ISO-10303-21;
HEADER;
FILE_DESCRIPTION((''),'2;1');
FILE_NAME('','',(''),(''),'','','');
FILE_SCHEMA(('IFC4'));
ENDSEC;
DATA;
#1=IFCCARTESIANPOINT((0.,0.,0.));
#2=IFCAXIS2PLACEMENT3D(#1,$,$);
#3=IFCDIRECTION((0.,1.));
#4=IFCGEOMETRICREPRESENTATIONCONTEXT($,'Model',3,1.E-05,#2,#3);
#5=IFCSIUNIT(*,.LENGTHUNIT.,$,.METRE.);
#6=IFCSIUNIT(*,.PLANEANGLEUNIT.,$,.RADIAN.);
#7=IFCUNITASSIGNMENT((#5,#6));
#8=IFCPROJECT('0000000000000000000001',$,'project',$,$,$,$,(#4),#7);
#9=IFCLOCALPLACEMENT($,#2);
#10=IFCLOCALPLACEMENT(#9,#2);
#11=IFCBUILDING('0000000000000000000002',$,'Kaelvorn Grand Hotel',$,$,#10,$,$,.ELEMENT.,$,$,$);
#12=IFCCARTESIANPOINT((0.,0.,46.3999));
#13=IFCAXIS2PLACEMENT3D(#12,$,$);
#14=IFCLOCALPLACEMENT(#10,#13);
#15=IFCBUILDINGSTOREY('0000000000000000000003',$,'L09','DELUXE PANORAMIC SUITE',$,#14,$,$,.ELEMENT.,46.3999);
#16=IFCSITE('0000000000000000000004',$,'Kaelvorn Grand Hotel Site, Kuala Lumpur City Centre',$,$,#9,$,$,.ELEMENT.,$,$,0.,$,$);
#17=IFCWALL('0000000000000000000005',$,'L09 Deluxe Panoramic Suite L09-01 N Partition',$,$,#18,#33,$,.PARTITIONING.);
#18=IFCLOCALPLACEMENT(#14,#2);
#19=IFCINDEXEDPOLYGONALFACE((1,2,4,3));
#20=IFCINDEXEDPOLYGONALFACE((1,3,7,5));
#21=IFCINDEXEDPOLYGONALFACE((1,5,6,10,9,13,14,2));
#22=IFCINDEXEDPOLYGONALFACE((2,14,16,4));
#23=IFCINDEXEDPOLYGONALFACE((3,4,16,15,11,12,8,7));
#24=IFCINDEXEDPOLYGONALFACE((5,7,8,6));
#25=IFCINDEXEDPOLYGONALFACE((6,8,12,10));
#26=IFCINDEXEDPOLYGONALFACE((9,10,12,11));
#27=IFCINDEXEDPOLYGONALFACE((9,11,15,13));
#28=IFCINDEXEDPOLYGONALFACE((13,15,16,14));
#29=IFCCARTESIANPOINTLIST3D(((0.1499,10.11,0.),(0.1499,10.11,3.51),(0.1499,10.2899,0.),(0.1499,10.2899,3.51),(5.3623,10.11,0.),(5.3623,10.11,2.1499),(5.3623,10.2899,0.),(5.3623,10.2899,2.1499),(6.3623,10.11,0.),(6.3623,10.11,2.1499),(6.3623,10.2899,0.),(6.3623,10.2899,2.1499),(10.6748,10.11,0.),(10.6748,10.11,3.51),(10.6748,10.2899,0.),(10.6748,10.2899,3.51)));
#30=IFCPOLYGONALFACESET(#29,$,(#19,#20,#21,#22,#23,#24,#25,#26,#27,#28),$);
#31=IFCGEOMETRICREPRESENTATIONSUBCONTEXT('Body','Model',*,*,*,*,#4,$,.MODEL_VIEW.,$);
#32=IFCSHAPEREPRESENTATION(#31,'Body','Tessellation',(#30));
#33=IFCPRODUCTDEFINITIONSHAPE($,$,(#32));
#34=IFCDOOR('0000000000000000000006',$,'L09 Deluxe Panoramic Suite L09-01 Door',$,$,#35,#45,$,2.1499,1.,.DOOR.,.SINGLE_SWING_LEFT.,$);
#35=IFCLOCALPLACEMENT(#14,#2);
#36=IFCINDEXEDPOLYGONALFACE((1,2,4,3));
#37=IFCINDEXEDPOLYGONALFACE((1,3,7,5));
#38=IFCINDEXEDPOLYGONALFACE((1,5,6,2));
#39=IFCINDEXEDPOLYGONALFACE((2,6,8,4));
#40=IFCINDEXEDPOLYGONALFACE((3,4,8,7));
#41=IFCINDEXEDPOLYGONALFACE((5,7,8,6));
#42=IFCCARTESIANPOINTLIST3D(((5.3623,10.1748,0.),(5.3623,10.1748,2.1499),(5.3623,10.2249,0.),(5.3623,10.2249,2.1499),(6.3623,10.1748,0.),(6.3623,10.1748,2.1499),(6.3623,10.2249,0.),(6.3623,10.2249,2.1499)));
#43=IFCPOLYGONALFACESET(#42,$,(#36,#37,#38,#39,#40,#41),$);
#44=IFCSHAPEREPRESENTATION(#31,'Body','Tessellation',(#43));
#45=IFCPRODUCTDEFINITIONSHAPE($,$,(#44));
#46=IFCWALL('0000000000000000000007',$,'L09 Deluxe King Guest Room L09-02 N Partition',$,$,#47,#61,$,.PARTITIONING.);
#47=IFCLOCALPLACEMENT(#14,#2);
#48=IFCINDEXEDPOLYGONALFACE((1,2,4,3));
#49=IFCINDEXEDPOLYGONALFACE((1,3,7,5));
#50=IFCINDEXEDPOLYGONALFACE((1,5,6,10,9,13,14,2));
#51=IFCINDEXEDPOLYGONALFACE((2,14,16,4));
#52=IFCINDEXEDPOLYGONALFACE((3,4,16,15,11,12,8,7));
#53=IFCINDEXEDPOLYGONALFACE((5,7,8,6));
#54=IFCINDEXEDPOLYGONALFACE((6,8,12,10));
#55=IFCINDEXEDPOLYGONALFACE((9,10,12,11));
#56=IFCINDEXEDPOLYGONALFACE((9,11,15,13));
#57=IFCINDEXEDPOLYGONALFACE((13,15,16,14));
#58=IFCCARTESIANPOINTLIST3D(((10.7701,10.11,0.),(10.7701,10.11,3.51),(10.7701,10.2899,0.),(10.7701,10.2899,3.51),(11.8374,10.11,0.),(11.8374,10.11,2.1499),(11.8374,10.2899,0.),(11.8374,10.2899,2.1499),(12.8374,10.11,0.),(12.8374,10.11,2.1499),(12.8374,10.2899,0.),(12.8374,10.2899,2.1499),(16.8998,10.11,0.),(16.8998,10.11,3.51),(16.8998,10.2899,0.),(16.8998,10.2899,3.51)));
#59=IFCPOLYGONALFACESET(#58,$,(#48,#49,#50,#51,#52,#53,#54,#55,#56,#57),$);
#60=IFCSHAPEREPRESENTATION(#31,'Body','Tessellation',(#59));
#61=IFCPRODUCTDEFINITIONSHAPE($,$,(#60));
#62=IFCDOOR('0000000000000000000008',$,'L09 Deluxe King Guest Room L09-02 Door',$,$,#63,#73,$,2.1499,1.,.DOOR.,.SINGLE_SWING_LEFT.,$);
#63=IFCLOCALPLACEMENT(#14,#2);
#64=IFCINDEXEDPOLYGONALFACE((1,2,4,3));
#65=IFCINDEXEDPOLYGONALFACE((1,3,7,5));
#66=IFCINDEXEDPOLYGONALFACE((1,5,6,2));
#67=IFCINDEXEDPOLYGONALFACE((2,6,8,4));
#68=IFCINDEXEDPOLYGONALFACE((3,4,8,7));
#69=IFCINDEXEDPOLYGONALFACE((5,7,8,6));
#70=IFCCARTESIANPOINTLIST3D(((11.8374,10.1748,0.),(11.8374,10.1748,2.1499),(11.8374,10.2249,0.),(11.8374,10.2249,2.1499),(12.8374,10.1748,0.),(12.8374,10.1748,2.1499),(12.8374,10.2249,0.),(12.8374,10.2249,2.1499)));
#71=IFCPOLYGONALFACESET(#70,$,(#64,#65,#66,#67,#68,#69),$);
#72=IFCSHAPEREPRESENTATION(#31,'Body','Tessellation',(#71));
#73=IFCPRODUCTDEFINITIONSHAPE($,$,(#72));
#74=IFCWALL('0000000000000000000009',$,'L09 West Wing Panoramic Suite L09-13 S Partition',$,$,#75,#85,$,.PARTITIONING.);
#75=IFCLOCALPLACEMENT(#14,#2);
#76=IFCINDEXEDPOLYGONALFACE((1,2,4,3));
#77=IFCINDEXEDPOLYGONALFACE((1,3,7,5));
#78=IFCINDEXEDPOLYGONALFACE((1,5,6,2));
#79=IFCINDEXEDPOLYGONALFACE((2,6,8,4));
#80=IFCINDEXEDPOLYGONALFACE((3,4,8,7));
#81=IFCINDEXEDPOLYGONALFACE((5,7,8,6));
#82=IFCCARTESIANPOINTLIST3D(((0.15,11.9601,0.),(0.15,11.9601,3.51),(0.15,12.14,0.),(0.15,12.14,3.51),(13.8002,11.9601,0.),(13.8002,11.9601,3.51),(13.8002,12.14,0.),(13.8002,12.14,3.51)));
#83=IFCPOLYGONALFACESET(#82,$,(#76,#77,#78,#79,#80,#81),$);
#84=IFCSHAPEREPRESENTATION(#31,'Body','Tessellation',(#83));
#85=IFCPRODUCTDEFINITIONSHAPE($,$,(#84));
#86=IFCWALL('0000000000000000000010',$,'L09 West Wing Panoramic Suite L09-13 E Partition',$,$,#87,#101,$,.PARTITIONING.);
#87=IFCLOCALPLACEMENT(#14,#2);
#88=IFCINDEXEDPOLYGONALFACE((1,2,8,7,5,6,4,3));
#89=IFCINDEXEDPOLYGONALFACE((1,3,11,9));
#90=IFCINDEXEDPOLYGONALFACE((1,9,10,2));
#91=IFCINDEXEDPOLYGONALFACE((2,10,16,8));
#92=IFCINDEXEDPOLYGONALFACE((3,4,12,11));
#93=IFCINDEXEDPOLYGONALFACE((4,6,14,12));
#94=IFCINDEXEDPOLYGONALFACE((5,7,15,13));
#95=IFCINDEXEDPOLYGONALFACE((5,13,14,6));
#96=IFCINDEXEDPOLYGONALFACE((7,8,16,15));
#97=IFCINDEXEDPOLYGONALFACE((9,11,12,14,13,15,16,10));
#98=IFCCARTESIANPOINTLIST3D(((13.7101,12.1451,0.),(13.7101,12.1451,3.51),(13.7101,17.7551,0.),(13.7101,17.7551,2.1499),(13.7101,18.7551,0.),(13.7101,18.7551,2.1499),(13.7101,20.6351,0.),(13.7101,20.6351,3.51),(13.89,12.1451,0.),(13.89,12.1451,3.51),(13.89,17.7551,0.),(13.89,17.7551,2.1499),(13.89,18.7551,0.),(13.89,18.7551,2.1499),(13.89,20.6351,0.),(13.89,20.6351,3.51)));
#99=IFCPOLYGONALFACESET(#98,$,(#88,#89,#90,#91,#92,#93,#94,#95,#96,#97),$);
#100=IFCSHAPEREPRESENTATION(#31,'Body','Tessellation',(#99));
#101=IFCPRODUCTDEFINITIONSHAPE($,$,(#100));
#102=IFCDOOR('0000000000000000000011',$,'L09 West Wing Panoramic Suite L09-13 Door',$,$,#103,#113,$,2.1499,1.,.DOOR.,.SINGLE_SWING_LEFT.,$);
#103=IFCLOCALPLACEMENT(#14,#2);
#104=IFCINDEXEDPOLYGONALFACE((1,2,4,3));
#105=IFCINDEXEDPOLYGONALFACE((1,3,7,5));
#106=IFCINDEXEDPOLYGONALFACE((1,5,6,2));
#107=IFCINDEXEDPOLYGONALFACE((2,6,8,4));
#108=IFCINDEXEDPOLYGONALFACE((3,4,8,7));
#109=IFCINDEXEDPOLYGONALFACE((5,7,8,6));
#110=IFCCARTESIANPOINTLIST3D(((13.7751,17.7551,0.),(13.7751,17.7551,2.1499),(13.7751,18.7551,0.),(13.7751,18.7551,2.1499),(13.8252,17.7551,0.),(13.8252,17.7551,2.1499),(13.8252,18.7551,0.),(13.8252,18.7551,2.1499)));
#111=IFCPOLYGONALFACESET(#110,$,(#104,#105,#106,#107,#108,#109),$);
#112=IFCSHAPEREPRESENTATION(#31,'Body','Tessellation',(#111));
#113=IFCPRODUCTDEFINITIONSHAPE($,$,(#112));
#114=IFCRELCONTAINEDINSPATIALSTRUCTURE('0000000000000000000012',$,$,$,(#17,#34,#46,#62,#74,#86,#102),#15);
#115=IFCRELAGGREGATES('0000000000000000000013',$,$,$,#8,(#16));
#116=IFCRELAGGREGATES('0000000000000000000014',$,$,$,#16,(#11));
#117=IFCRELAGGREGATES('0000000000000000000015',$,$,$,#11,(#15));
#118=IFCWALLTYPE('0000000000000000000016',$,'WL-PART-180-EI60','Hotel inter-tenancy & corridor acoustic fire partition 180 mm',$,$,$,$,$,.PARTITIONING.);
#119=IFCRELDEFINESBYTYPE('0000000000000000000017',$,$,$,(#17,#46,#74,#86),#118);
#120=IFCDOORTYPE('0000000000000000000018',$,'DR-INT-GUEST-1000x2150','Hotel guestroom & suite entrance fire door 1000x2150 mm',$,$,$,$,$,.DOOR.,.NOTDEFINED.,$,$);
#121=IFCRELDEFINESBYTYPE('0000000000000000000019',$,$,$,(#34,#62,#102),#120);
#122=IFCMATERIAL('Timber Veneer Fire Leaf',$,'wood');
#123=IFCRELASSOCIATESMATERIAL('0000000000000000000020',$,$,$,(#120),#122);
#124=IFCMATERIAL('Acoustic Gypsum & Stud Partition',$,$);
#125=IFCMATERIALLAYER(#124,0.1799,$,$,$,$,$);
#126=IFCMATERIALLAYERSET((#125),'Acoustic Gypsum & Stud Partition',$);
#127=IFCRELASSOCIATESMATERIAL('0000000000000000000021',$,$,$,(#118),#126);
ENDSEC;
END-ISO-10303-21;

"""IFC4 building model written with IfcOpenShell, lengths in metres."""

from ifc_helpers import new_model, si_unit, direction, frame, frame_2d, origin, place, context, subcontext, project, spatial, rectangle, extrude, material, layer, layer_set, type_object, element, fill, save


model = new_model("IFC4")

# Units and contexts
model_context = context("Model", 3, precision=1e-05, world=origin(), true_north=direction((0.0, 1.0)))
body_context = subcontext(model_context, "Body", "Model", "MODEL_VIEW")
ifc_project = project(units=[si_unit("LENGTHUNIT", "METRE"), si_unit("PLANEANGLEUNIT", "RADIAN")], contexts=[model_context])

# Site, building, storey
site_placement = place(None, origin())
site = spatial("IfcSite", under=ifc_project, at=site_placement, Name="Kaelvorn Grand Hotel Site, Kuala Lumpur City Centre", CompositionType="ELEMENT", RefElevation=0.0)
building_placement = place(site_placement, origin())
building = spatial("IfcBuilding", under=site, at=building_placement, Name="Kaelvorn Grand Hotel", CompositionType="ELEMENT")
storey_placement = place(building_placement, frame((0.0, 0.0, 46.3999)))
storey = spatial("IfcBuildingStorey", under=building, at=storey_placement, Name="L09", Description="DELUXE PANORAMIC SUITE", CompositionType="ELEMENT", Elevation=46.3999)

# Shared definitions
ifc_material_1 = material(Name="Acoustic Gypsum & Stud Partition")
ifc_material_2 = material(Name="Timber Veneer Fire Leaf", Category="wood")
door_type_1 = type_object("IfcDoorType", Name="DR-INT-GUEST-1000x2150", Description="Hotel guestroom & suite entrance fire door 1000x2150 mm", OperationType="NOTDEFINED", PredefinedType="DOOR", material=ifc_material_2)

# Walls, openings, doors
ifc_layer_1 = layer(ifc_material_1, 0.1799)
ifc_layer_set_1 = layer_set([ifc_layer_1], Name="Acoustic Gypsum & Stud Partition")
wall_type_1 = type_object("IfcWallType", Name="WL-PART-180-EI60", Description="Hotel inter-tenancy & corridor acoustic fire partition 180 mm", PredefinedType="PARTITIONING", material=ifc_layer_set_1)
wall_1_placement = place(storey_placement, frame((0.1499, 10.2, 0.0), z_axis=(0.0, 0.0, 1.0), x_axis=(1.0, 0.0, 0.0)))
wall_1 = element("IfcWall", 1, at=wall_1_placement, inside=storey, type_object=wall_type_1, Name="L09 Deluxe Panoramic Suite L09-01 N Partition", PredefinedType="PARTITIONING", context=body_context, shape_type="SweptSolid", body=[
    extrude(rectangle(XDim=10.5249, YDim=0.1799, at=frame_2d((5.2625, 0.0))), origin(), (0.0, 0.0, 1.0), 3.51),
])
opening_1_placement = place(wall_1_placement, frame((5.2124, 0.0, 0.0)))
opening_1 = element("IfcOpeningElement", 2, at=opening_1_placement, cuts=wall_1, PredefinedType="OPENING", context=body_context, shape_type="SweptSolid", body=[
    extrude(rectangle(XDim=1.0, YDim=2.1499, at=frame_2d((0.5, 1.075))), frame((0.0, 0.1001, 0.0), z_axis=(0.0, -1.0, 0.0), x_axis=(1.0, 0.0, 0.0)), (0.0, 0.0, 1.0), 0.2),
])
door_1_placement = place(opening_1_placement, origin())
door_1 = element("IfcDoor", 3, at=door_1_placement, inside=storey, type_object=door_type_1, Name="L09 Deluxe Panoramic Suite L09-01 Door", OperationType="SINGLE_SWING_LEFT", OverallHeight=2.1499, OverallWidth=1.0, PredefinedType="DOOR", context=body_context, shape_type="SweptSolid", body=[
    extrude(rectangle(XDim=1.0, YDim=2.1499, at=frame_2d((0.5, 1.075))), frame((0.0, 0.0249, 0.0), z_axis=(0.0, -1.0, 0.0), x_axis=(1.0, 0.0, 0.0)), (0.0, 0.0, 1.0), 0.05),
])
fill(opening_1, door_1)
wall_2_placement = place(storey_placement, frame((10.77, 10.2, 0.0), z_axis=(0.0, 0.0, 1.0), x_axis=(1.0, 0.0, 0.0)))
wall_2 = element("IfcWall", 4, at=wall_2_placement, inside=storey, type_object=wall_type_1, Name="L09 Deluxe King Guest Room L09-02 N Partition", PredefinedType="PARTITIONING", context=body_context, shape_type="SweptSolid", body=[
    extrude(rectangle(XDim=6.1296, YDim=0.1799, at=frame_2d((3.0649, 0.0))), origin(), (0.0, 0.0, 1.0), 3.51),
])
opening_2_placement = place(wall_2_placement, frame((1.0674, 0.0, 0.0)))
opening_2 = element("IfcOpeningElement", 5, at=opening_2_placement, cuts=wall_2, PredefinedType="OPENING", context=body_context, shape_type="SweptSolid", body=[
    extrude(rectangle(XDim=1.0, YDim=2.1499, at=frame_2d((0.5, 1.075))), frame((0.0, 0.1001, 0.0), z_axis=(0.0, -1.0, 0.0), x_axis=(1.0, 0.0, 0.0)), (0.0, 0.0, 1.0), 0.2),
])
door_2_placement = place(opening_2_placement, origin())
door_2 = element("IfcDoor", 6, at=door_2_placement, inside=storey, type_object=door_type_1, Name="L09 Deluxe King Guest Room L09-02 Door", OperationType="SINGLE_SWING_LEFT", OverallHeight=2.1499, OverallWidth=1.0, PredefinedType="DOOR", context=body_context, shape_type="SweptSolid", body=[
    extrude(rectangle(XDim=1.0, YDim=2.1499, at=frame_2d((0.5, 1.075))), frame((0.0, 0.0249, 0.0), z_axis=(0.0, -1.0, 0.0), x_axis=(1.0, 0.0, 0.0)), (0.0, 0.0, 1.0), 0.05),
])
fill(opening_2, door_2)

# Wall
wall_3_placement = place(storey_placement, frame((0.1499, 12.05, 0.0), z_axis=(0.0, 0.0, 1.0), x_axis=(1.0, 0.0, 0.0)))
element("IfcWall", 7, at=wall_3_placement, inside=storey, type_object=wall_type_1, Name="L09 West Wing Panoramic Suite L09-13 S Partition", PredefinedType="PARTITIONING", context=body_context, shape_type="SweptSolid", body=[
    extrude(rectangle(XDim=13.6501, YDim=0.1799, at=frame_2d((6.8252, 0.0))), origin(), (0.0, 0.0, 1.0), 3.51),
])

# Wall, opening, door
wall_4_placement = place(storey_placement, frame((13.8, 12.145, 0.0), z_axis=(0.0, 0.0, 1.0), x_axis=(0.0, 1.0, 0.0)))
wall_4 = element("IfcWall", 8, at=wall_4_placement, inside=storey, type_object=wall_type_1, Name="L09 West Wing Panoramic Suite L09-13 E Partition", PredefinedType="PARTITIONING", context=body_context, shape_type="SweptSolid", body=[
    extrude(rectangle(XDim=8.49, YDim=0.1799, at=frame_2d((4.2451, 0.0))), origin(), (0.0, 0.0, 1.0), 3.51),
])
opening_3_placement = place(wall_4_placement, frame((5.6101, 0.0, 0.0)))
opening_3 = element("IfcOpeningElement", 9, at=opening_3_placement, cuts=wall_4, PredefinedType="OPENING", context=body_context, shape_type="SweptSolid", body=[
    extrude(rectangle(XDim=1.0, YDim=2.1499, at=frame_2d((0.5, 1.075))), frame((0.0, 0.1001, 0.0), z_axis=(0.0, -1.0, 0.0), x_axis=(1.0, 0.0, 0.0)), (0.0, 0.0, 1.0), 0.2),
])
door_3_placement = place(opening_3_placement, origin())
door_3 = element("IfcDoor", 10, at=door_3_placement, inside=storey, type_object=door_type_1, Name="L09 West Wing Panoramic Suite L09-13 Door", OperationType="SINGLE_SWING_LEFT", OverallHeight=2.1499, OverallWidth=1.0, PredefinedType="DOOR", context=body_context, shape_type="SweptSolid", body=[
    extrude(rectangle(XDim=1.0, YDim=2.1499, at=frame_2d((0.5, 1.075))), frame((0.0, 0.0249, 0.0), z_axis=(0.0, -1.0, 0.0), x_axis=(1.0, 0.0, 0.0)), (0.0, 0.0, 1.0), 0.05),
])
fill(opening_3, door_3)

save(model, "model.ifc")
